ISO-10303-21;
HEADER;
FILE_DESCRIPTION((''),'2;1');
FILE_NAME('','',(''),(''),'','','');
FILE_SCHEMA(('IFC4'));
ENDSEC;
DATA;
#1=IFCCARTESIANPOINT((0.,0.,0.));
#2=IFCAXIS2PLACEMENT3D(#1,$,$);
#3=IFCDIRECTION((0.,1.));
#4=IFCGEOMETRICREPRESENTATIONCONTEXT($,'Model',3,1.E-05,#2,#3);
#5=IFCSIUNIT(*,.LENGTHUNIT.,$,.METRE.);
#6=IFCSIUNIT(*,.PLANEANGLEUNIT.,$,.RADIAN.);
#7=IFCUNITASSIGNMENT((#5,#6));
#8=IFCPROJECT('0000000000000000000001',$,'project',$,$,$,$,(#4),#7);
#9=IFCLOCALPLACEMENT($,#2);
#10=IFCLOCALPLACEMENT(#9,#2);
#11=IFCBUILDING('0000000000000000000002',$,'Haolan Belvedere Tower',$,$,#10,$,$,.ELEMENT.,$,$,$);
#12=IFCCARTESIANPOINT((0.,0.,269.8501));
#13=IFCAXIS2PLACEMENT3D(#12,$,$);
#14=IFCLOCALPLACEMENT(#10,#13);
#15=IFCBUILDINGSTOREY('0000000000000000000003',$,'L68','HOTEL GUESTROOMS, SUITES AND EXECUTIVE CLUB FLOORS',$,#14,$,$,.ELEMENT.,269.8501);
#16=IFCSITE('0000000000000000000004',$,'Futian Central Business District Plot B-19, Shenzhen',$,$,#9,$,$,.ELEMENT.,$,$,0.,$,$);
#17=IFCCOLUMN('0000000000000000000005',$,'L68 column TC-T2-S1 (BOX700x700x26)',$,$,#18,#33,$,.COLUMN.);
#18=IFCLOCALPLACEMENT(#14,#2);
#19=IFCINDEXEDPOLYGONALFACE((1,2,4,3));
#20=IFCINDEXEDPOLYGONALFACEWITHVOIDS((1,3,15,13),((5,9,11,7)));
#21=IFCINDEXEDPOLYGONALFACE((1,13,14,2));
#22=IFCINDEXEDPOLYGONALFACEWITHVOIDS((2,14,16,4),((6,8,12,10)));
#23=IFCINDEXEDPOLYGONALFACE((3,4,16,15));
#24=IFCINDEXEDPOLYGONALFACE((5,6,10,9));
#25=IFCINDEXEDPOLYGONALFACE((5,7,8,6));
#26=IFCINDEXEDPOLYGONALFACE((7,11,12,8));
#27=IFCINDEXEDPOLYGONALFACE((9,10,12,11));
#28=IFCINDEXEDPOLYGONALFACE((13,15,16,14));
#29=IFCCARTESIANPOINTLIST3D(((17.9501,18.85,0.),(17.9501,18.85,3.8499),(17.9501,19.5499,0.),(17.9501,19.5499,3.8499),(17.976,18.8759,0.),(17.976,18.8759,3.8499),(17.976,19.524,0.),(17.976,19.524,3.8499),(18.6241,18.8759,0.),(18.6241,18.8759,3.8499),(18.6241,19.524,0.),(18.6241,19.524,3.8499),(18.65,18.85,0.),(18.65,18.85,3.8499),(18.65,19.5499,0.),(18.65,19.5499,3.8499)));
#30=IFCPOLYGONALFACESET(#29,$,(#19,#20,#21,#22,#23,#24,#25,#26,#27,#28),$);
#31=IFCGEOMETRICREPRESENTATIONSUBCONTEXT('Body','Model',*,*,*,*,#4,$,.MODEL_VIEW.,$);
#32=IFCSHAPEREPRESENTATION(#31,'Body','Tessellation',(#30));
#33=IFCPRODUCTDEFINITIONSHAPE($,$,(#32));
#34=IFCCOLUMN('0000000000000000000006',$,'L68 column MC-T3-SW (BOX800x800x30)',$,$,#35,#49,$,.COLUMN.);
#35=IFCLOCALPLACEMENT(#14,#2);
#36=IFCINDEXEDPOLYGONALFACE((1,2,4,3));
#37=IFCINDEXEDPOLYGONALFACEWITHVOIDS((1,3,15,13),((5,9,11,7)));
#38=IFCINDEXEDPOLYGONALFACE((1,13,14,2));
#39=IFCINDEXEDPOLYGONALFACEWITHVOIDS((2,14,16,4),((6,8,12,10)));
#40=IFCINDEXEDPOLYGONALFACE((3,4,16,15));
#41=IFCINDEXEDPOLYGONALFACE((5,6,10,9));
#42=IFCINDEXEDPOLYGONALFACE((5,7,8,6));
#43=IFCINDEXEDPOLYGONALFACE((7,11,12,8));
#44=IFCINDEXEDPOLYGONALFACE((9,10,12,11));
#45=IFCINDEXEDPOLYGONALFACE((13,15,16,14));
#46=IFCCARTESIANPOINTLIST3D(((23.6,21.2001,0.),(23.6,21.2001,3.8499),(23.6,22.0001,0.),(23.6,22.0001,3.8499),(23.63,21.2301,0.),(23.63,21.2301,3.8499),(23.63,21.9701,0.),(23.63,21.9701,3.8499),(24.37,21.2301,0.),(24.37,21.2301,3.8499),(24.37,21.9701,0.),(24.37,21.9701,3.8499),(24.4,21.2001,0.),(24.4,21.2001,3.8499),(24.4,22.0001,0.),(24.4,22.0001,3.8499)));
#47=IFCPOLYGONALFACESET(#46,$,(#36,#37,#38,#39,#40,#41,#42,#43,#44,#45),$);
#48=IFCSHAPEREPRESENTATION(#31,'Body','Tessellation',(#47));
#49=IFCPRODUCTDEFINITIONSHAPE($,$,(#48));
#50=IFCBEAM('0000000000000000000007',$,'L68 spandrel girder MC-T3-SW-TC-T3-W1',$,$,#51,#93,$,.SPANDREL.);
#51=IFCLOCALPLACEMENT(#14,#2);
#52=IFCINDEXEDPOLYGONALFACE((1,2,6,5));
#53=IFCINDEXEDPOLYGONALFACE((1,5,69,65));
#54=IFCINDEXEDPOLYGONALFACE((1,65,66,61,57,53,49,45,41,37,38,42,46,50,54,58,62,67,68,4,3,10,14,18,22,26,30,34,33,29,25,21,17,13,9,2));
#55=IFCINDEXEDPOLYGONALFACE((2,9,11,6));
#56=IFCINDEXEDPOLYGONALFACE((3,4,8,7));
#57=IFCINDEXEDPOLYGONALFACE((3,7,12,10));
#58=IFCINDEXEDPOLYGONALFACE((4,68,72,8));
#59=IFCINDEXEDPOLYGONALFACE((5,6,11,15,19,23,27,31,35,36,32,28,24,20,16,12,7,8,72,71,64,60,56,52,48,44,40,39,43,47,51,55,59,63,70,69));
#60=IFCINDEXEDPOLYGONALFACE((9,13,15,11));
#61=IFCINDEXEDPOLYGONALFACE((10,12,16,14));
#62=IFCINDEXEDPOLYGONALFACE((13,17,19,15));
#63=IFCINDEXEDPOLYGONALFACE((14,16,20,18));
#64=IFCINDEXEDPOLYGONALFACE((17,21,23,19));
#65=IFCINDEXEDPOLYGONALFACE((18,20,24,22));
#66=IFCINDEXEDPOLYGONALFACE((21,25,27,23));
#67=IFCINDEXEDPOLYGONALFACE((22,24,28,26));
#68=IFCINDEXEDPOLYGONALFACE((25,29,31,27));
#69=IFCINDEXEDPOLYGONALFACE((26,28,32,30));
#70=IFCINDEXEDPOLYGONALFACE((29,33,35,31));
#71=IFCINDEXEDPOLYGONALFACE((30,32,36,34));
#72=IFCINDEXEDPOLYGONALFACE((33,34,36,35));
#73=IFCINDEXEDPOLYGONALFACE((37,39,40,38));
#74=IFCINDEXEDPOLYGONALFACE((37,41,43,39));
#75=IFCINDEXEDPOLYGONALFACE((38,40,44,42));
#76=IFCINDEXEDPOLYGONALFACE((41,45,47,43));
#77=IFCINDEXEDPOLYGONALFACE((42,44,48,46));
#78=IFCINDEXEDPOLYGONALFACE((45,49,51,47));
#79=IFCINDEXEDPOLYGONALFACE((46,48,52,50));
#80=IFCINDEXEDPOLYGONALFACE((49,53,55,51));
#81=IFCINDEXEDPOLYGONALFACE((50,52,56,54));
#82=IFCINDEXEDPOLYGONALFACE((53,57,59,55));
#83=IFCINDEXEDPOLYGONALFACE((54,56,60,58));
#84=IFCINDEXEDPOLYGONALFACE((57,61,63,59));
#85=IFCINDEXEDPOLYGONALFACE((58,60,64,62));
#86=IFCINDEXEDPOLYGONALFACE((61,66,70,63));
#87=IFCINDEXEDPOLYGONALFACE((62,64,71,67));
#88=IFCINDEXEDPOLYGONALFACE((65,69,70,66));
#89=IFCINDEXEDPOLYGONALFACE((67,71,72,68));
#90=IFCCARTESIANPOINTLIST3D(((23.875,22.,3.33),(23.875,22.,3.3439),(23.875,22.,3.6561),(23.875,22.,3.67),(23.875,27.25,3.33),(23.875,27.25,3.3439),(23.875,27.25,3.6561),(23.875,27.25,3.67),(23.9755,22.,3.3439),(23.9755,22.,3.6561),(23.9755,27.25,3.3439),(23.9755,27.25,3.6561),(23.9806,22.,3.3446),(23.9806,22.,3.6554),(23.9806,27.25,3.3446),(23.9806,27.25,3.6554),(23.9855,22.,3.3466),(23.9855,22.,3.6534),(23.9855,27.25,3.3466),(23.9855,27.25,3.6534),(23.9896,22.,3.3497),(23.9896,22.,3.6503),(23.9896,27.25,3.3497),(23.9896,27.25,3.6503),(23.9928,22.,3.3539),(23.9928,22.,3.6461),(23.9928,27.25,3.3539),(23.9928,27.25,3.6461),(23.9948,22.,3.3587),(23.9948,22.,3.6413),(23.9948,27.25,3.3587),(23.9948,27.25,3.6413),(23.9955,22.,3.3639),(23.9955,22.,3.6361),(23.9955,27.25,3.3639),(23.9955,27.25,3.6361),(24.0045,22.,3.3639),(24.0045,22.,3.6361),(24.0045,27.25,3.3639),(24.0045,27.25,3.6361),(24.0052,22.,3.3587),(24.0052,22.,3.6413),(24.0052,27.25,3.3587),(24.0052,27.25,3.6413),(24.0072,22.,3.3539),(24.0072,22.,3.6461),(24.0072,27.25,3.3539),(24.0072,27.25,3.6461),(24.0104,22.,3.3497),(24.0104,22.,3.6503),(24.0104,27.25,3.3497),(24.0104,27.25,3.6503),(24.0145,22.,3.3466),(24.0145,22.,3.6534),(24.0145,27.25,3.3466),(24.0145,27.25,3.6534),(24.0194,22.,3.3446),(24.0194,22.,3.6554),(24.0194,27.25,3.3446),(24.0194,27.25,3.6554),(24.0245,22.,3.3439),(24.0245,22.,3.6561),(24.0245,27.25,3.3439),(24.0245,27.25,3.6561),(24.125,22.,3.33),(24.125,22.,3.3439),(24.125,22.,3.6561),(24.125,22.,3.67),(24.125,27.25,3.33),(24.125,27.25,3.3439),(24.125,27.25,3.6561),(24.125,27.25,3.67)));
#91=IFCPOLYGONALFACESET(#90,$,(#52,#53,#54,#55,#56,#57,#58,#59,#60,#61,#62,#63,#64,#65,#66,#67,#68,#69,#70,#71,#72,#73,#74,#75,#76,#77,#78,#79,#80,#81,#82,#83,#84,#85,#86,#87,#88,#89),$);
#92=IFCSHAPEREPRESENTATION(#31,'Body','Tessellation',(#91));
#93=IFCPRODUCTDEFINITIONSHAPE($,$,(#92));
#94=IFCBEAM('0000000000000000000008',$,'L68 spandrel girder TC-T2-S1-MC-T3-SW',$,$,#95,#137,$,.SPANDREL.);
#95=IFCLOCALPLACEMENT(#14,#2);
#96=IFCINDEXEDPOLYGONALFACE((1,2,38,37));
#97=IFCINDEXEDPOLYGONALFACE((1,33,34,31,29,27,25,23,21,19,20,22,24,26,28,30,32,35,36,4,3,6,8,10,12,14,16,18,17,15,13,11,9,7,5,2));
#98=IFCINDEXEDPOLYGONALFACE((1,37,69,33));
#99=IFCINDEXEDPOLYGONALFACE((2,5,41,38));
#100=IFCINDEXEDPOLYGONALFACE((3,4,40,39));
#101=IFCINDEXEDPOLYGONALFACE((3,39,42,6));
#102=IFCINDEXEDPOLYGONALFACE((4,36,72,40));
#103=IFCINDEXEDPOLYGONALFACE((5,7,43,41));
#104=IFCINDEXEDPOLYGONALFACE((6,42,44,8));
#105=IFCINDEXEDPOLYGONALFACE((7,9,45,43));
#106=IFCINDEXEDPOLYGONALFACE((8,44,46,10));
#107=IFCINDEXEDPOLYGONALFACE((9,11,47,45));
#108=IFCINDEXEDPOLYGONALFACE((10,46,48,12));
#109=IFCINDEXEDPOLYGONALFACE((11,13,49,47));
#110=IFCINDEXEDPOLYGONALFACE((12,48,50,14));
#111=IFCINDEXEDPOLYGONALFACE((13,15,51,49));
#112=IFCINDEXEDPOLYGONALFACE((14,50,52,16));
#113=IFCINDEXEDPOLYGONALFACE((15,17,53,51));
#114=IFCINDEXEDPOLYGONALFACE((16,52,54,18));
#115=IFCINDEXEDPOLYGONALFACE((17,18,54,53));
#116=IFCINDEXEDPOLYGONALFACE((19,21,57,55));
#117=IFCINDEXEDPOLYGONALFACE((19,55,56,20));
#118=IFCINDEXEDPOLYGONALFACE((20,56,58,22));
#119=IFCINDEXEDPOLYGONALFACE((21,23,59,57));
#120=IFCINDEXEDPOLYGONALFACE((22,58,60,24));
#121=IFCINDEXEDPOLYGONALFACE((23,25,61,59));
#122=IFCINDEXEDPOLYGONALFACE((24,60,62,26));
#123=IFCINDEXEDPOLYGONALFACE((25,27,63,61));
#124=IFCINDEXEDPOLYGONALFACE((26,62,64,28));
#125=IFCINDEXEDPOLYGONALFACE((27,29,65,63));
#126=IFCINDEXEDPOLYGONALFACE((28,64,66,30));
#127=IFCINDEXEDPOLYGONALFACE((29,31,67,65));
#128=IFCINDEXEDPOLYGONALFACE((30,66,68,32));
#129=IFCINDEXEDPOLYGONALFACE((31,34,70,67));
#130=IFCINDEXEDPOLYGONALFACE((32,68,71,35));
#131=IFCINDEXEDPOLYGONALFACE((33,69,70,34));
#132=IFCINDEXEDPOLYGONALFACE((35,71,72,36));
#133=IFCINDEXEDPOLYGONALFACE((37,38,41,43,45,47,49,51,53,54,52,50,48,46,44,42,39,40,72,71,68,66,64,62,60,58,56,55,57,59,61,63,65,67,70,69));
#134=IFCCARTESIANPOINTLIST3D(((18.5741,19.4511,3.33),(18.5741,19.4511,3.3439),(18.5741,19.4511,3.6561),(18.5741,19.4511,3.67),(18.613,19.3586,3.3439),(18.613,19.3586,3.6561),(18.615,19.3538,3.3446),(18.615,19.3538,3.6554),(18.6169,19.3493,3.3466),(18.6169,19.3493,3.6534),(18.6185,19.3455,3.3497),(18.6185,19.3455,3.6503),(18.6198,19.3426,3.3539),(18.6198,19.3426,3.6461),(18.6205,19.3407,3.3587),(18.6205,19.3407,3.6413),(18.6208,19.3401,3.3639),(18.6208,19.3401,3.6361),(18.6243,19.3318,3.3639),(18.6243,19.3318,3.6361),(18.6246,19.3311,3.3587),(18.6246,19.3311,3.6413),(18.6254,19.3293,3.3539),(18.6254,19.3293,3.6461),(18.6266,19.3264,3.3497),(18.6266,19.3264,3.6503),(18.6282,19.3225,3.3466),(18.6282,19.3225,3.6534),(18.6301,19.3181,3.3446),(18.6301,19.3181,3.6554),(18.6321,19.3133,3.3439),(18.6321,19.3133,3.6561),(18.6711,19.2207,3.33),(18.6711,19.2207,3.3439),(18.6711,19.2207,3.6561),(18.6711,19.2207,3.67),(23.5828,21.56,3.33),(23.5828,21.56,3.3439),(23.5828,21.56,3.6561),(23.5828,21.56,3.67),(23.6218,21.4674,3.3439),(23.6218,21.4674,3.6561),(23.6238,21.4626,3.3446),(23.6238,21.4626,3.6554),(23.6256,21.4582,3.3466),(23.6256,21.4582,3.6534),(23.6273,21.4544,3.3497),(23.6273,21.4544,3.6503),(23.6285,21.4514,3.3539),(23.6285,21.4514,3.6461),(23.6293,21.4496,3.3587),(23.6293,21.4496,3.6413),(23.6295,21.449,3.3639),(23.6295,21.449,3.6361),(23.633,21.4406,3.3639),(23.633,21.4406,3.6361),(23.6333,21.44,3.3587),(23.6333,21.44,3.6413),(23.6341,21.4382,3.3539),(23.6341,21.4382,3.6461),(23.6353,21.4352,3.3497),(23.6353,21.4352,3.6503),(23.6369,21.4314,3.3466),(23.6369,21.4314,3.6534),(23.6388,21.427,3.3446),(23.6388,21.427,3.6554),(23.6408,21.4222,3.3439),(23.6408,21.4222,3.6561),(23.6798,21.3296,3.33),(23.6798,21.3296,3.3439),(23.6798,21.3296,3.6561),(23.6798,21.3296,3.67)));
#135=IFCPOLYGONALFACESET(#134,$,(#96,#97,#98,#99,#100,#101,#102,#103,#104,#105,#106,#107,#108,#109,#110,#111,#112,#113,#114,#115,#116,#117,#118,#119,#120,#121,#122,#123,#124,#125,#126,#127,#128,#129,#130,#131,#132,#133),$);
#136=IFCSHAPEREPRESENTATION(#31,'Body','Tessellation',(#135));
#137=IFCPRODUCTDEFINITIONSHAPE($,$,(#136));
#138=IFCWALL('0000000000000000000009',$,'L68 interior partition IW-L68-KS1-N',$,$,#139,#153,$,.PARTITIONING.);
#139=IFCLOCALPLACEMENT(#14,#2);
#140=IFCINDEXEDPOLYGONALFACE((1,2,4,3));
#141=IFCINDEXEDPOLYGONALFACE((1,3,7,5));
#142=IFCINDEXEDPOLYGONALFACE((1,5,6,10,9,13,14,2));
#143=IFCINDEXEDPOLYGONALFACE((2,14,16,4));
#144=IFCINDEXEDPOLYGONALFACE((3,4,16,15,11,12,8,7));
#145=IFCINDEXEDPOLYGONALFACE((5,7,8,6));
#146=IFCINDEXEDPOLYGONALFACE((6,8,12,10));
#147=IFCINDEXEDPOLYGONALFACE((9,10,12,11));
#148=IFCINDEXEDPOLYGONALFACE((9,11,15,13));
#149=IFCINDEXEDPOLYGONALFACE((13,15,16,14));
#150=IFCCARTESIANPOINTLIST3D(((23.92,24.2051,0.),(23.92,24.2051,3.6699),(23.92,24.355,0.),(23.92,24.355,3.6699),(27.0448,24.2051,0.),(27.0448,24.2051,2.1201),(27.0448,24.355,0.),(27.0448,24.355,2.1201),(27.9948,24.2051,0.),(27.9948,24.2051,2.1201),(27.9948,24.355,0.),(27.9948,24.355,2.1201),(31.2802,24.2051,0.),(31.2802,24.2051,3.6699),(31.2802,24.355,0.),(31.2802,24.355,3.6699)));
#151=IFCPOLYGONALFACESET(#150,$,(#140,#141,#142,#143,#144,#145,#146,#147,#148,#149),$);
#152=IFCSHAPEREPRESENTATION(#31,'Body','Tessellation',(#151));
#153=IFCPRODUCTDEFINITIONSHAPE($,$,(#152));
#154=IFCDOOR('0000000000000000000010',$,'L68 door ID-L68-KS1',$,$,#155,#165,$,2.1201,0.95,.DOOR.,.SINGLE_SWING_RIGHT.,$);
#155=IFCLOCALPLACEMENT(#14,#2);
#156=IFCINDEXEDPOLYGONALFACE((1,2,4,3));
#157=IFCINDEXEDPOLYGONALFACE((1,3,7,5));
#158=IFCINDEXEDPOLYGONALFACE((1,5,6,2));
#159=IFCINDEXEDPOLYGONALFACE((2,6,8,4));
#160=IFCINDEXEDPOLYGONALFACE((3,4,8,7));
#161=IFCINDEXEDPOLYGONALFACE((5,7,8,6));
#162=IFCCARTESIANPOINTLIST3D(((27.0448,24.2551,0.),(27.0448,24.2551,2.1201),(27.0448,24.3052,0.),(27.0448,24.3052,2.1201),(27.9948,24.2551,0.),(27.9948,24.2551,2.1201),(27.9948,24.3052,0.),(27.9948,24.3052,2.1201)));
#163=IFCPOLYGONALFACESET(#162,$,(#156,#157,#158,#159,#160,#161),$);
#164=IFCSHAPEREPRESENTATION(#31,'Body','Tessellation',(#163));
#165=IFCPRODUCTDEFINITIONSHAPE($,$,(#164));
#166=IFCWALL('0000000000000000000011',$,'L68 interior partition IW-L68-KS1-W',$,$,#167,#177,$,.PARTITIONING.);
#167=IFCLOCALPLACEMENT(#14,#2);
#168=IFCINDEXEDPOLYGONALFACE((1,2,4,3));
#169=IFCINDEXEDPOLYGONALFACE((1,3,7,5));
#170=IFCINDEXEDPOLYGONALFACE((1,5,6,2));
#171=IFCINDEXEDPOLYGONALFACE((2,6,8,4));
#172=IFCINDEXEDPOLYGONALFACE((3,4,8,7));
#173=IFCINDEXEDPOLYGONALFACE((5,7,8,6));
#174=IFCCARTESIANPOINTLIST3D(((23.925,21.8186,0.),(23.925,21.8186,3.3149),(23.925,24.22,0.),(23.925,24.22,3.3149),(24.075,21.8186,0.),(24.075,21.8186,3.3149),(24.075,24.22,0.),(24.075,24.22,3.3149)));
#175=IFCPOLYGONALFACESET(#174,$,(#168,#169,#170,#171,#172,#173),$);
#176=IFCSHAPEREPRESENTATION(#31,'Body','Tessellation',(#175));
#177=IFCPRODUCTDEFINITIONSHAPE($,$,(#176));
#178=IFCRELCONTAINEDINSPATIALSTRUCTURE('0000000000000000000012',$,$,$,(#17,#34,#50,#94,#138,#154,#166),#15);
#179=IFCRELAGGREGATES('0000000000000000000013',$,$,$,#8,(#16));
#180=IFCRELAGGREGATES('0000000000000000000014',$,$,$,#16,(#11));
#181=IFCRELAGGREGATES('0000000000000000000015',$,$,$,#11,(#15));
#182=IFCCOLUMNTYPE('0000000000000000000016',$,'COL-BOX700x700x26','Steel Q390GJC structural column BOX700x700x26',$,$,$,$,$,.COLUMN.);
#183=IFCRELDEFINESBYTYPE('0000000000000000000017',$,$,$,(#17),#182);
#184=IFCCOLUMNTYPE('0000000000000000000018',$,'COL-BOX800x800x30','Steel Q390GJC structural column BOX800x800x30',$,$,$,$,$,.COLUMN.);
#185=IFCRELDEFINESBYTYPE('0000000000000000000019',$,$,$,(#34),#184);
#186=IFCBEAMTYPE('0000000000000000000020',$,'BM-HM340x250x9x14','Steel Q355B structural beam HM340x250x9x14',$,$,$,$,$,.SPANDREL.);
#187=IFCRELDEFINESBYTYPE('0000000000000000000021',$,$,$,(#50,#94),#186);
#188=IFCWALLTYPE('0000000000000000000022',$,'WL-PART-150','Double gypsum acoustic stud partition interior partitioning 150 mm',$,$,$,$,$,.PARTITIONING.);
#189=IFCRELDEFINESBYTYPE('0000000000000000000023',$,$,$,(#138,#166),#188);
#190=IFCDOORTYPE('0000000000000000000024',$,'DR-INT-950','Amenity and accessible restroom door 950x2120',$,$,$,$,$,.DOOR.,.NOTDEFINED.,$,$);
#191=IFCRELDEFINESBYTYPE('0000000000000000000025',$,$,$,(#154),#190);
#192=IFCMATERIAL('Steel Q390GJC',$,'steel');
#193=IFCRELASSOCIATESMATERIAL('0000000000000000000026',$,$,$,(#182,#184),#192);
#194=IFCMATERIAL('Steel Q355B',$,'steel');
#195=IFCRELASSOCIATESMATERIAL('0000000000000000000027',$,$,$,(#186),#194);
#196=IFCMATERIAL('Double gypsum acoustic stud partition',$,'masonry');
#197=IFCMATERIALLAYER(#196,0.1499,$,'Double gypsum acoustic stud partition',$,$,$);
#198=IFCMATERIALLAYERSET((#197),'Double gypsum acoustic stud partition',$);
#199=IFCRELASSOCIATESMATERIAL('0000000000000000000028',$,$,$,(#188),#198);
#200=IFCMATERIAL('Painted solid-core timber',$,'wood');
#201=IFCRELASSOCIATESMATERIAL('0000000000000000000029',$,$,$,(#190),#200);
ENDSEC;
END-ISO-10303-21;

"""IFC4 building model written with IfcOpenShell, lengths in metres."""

from ifc_helpers import new_model, si_unit, direction, frame, frame_2d, origin, origin_2d, place, context, subcontext, project, spatial, rectangle, hollow_rectangle, i_section, extrude, material, layer, layer_set, material_profile, profile_set, type_object, element, fill, save


model = new_model("IFC4")

# Units and contexts
model_context = context("Model", 3, precision=1e-05, world=origin(), true_north=direction((0.0, 1.0)))
body_context = subcontext(model_context, "Body", "Model", "MODEL_VIEW")
ifc_project = project(units=[si_unit("LENGTHUNIT", "METRE"), si_unit("PLANEANGLEUNIT", "RADIAN")], contexts=[model_context])

# Site, building, storey
site_placement = place(None, origin())
site = spatial("IfcSite", under=ifc_project, at=site_placement, Name="Futian Central Business District Plot B-19, Shenzhen", CompositionType="ELEMENT", RefElevation=0.0)
building_placement = place(site_placement, origin())
building = spatial("IfcBuilding", under=site, at=building_placement, Name="Haolan Belvedere Tower", CompositionType="ELEMENT")
storey_placement = place(building_placement, frame((0.0, 0.0, 269.8501)))
storey = spatial("IfcBuildingStorey", under=building, at=storey_placement, Name="L68", Description="HOTEL GUESTROOMS, SUITES AND EXECUTIVE CLUB FLOORS", CompositionType="ELEMENT", Elevation=269.8501)

# Columns
ifc_material_1 = material(Name="Steel Q390GJC", Category="steel")
ifc_material_profile_1 = material_profile(ifc_material_1, hollow_rectangle(XDim=0.7, YDim=0.7, WallThickness=0.0259, at=origin_2d()), Name="Steel Q390GJC")
ifc_profile_set_1 = profile_set([ifc_material_profile_1], Name="Steel Q390GJC")
column_type_1 = type_object("IfcColumnType", Name="COL-BOX700x700x26", Description="Steel Q390GJC structural column BOX700x700x26", PredefinedType="COLUMN", material=ifc_profile_set_1)
column_1_placement = place(storey_placement, frame((18.3, 19.2, 0.0), z_axis=(0.0, 0.0, 1.0), x_axis=(1.0, 0.0, 0.0)))
element("IfcColumn", 1, at=column_1_placement, inside=storey, type_object=column_type_1, Name="L68 column TC-T2-S1 (BOX700x700x26)", PredefinedType="COLUMN", context=body_context, shape_type="SweptSolid", body=[
    extrude(hollow_rectangle(XDim=0.7, YDim=0.7, WallThickness=0.0259, at=origin_2d()), origin(), (0.0, 0.0, 1.0), 3.8499),
])
ifc_material_profile_2 = material_profile(ifc_material_1, hollow_rectangle(XDim=0.8, YDim=0.8, WallThickness=0.03, at=origin_2d()), Name="Steel Q390GJC")
ifc_profile_set_2 = profile_set([ifc_material_profile_2], Name="Steel Q390GJC")
column_type_2 = type_object("IfcColumnType", Name="COL-BOX800x800x30", Description="Steel Q390GJC structural column BOX800x800x30", PredefinedType="COLUMN", material=ifc_profile_set_2)
column_2_placement = place(storey_placement, frame((24.0, 21.6001, 0.0), z_axis=(0.0, 0.0, 1.0), x_axis=(1.0, 0.0, 0.0)))
element("IfcColumn", 2, at=column_2_placement, inside=storey, type_object=column_type_2, Name="L68 column MC-T3-SW (BOX800x800x30)", PredefinedType="COLUMN", context=body_context, shape_type="SweptSolid", body=[
    extrude(hollow_rectangle(XDim=0.8, YDim=0.8, WallThickness=0.03, at=origin_2d()), origin(), (0.0, 0.0, 1.0), 3.8499),
])

# Beams
ifc_material_2 = material(Name="Steel Q355B", Category="steel")
ifc_material_profile_3 = material_profile(ifc_material_2, i_section(OverallWidth=0.25, OverallDepth=0.3401, WebThickness=0.009, FlangeThickness=0.0139, FilletRadius=0.02, at=origin_2d()), Name="Steel Q355B")
ifc_profile_set_3 = profile_set([ifc_material_profile_3], Name="Steel Q355B")
beam_type = type_object("IfcBeamType", Name="BM-HM340x250x9x14", Description="Steel Q355B structural beam HM340x250x9x14", PredefinedType="SPANDREL", material=ifc_profile_set_3)
beam_1_placement = place(storey_placement, frame((24.0, 22.0, 3.5), z_axis=(0.0, 1.0, 0.0), x_axis=(-1.0, 0.0, 0.0)))
element("IfcBeam", 3, at=beam_1_placement, inside=storey, type_object=beam_type, Name="L68 spandrel girder MC-T3-SW-TC-T3-W1", PredefinedType="SPANDREL", context=body_context, shape_type="SweptSolid", body=[
    extrude(i_section(OverallWidth=0.25, OverallDepth=0.3401, WebThickness=0.009, FlangeThickness=0.0139, FilletRadius=0.02, at=origin_2d()), origin(), (0.0, 0.0, 1.0), 5.25),
])
beam_2_placement = place(storey_placement, frame((18.6226, 19.3359, 3.5), z_axis=(0.92164, 0.388045, 0.0), x_axis=(-0.388045, 0.92164, 0.0)))
element("IfcBeam", 4, at=beam_2_placement, inside=storey, type_object=beam_type, Name="L68 spandrel girder TC-T2-S1-MC-T3-SW", PredefinedType="SPANDREL", context=body_context, shape_type="SweptSolid", body=[
    extrude(i_section(OverallWidth=0.25, OverallDepth=0.3401, WebThickness=0.009, FlangeThickness=0.0139, FilletRadius=0.02, at=origin_2d()), origin(), (0.0, 0.0, 1.0), 5.4346),
])

# Wall, opening, door
ifc_material_3 = material(Name="Double gypsum acoustic stud partition", Category="masonry")
ifc_layer_1 = layer(ifc_material_3, 0.1499, Name="Double gypsum acoustic stud partition")
ifc_layer_set_1 = layer_set([ifc_layer_1], Name="Double gypsum acoustic stud partition")
wall_type_1 = type_object("IfcWallType", Name="WL-PART-150", Description="Double gypsum acoustic stud partition interior partitioning 150 mm", PredefinedType="PARTITIONING", material=ifc_layer_set_1)
wall_1_placement = place(storey_placement, frame((23.9199, 24.28, 0.0), z_axis=(0.0, 0.0, 1.0), x_axis=(1.0, 0.0, 0.0)))
wall_1 = element("IfcWall", 5, at=wall_1_placement, inside=storey, type_object=wall_type_1, Name="L68 interior partition IW-L68-KS1-N", PredefinedType="PARTITIONING", context=body_context, shape_type="SweptSolid", body=[
    extrude(rectangle(XDim=7.3601, YDim=0.1499, at=frame_2d((3.6802, 0.0))), origin(), (0.0, 0.0, 1.0), 3.6699),
])
opening_1_placement = place(wall_1_placement, frame((4.075, 0.0, 0.0), z_axis=(0.0, 0.0, 1.0), x_axis=(-1.0, 0.0, 0.0)))
opening_1 = element("IfcOpeningElement", 6, at=opening_1_placement, cuts=wall_1, PredefinedType="OPENING", context=body_context, shape_type="SweptSolid", body=[
    extrude(rectangle(XDim=0.95, YDim=2.1201, at=frame_2d((0.4751, 1.0601))), frame((0.0, 0.085, 0.0), z_axis=(0.0, -1.0, 0.0), x_axis=(1.0, 0.0, 0.0)), (0.0, 0.0, 1.0), 0.1699),
])
ifc_material_4 = material(Name="Painted solid-core timber", Category="wood")
door_type_1 = type_object("IfcDoorType", Name="DR-INT-950", Description="Amenity and accessible restroom door 950x2120", OperationType="NOTDEFINED", PredefinedType="DOOR", material=ifc_material_4)
door_1_placement = place(opening_1_placement, origin())
door_1 = element("IfcDoor", 7, at=door_1_placement, inside=storey, type_object=door_type_1, Name="L68 door ID-L68-KS1", OperationType="SINGLE_SWING_RIGHT", OverallHeight=2.1201, OverallWidth=0.95, PredefinedType="DOOR", context=body_context, shape_type="SweptSolid", body=[
    extrude(rectangle(XDim=0.95, YDim=2.1201, at=frame_2d((0.4751, 1.0601))), frame((0.0, 0.0249, 0.0), z_axis=(0.0, -1.0, 0.0), x_axis=(1.0, 0.0, 0.0)), (0.0, 0.0, 1.0), 0.05),
])
fill(opening_1, door_1)

# Wall
wall_2_placement = place(storey_placement, frame((24.0, 21.8186, 0.0), z_axis=(0.0, 0.0, 1.0), x_axis=(0.0, 1.0, 0.0)))
element("IfcWall", 8, at=wall_2_placement, inside=storey, type_object=wall_type_1, Name="L68 interior partition IW-L68-KS1-W", PredefinedType="PARTITIONING", context=body_context, shape_type="SweptSolid", body=[
    extrude(rectangle(XDim=2.4014, YDim=0.1499, at=frame_2d((1.2007, 0.0))), origin(), (0.0, 0.0, 1.0), 3.3149),
])

save(model, "model.ifc")
